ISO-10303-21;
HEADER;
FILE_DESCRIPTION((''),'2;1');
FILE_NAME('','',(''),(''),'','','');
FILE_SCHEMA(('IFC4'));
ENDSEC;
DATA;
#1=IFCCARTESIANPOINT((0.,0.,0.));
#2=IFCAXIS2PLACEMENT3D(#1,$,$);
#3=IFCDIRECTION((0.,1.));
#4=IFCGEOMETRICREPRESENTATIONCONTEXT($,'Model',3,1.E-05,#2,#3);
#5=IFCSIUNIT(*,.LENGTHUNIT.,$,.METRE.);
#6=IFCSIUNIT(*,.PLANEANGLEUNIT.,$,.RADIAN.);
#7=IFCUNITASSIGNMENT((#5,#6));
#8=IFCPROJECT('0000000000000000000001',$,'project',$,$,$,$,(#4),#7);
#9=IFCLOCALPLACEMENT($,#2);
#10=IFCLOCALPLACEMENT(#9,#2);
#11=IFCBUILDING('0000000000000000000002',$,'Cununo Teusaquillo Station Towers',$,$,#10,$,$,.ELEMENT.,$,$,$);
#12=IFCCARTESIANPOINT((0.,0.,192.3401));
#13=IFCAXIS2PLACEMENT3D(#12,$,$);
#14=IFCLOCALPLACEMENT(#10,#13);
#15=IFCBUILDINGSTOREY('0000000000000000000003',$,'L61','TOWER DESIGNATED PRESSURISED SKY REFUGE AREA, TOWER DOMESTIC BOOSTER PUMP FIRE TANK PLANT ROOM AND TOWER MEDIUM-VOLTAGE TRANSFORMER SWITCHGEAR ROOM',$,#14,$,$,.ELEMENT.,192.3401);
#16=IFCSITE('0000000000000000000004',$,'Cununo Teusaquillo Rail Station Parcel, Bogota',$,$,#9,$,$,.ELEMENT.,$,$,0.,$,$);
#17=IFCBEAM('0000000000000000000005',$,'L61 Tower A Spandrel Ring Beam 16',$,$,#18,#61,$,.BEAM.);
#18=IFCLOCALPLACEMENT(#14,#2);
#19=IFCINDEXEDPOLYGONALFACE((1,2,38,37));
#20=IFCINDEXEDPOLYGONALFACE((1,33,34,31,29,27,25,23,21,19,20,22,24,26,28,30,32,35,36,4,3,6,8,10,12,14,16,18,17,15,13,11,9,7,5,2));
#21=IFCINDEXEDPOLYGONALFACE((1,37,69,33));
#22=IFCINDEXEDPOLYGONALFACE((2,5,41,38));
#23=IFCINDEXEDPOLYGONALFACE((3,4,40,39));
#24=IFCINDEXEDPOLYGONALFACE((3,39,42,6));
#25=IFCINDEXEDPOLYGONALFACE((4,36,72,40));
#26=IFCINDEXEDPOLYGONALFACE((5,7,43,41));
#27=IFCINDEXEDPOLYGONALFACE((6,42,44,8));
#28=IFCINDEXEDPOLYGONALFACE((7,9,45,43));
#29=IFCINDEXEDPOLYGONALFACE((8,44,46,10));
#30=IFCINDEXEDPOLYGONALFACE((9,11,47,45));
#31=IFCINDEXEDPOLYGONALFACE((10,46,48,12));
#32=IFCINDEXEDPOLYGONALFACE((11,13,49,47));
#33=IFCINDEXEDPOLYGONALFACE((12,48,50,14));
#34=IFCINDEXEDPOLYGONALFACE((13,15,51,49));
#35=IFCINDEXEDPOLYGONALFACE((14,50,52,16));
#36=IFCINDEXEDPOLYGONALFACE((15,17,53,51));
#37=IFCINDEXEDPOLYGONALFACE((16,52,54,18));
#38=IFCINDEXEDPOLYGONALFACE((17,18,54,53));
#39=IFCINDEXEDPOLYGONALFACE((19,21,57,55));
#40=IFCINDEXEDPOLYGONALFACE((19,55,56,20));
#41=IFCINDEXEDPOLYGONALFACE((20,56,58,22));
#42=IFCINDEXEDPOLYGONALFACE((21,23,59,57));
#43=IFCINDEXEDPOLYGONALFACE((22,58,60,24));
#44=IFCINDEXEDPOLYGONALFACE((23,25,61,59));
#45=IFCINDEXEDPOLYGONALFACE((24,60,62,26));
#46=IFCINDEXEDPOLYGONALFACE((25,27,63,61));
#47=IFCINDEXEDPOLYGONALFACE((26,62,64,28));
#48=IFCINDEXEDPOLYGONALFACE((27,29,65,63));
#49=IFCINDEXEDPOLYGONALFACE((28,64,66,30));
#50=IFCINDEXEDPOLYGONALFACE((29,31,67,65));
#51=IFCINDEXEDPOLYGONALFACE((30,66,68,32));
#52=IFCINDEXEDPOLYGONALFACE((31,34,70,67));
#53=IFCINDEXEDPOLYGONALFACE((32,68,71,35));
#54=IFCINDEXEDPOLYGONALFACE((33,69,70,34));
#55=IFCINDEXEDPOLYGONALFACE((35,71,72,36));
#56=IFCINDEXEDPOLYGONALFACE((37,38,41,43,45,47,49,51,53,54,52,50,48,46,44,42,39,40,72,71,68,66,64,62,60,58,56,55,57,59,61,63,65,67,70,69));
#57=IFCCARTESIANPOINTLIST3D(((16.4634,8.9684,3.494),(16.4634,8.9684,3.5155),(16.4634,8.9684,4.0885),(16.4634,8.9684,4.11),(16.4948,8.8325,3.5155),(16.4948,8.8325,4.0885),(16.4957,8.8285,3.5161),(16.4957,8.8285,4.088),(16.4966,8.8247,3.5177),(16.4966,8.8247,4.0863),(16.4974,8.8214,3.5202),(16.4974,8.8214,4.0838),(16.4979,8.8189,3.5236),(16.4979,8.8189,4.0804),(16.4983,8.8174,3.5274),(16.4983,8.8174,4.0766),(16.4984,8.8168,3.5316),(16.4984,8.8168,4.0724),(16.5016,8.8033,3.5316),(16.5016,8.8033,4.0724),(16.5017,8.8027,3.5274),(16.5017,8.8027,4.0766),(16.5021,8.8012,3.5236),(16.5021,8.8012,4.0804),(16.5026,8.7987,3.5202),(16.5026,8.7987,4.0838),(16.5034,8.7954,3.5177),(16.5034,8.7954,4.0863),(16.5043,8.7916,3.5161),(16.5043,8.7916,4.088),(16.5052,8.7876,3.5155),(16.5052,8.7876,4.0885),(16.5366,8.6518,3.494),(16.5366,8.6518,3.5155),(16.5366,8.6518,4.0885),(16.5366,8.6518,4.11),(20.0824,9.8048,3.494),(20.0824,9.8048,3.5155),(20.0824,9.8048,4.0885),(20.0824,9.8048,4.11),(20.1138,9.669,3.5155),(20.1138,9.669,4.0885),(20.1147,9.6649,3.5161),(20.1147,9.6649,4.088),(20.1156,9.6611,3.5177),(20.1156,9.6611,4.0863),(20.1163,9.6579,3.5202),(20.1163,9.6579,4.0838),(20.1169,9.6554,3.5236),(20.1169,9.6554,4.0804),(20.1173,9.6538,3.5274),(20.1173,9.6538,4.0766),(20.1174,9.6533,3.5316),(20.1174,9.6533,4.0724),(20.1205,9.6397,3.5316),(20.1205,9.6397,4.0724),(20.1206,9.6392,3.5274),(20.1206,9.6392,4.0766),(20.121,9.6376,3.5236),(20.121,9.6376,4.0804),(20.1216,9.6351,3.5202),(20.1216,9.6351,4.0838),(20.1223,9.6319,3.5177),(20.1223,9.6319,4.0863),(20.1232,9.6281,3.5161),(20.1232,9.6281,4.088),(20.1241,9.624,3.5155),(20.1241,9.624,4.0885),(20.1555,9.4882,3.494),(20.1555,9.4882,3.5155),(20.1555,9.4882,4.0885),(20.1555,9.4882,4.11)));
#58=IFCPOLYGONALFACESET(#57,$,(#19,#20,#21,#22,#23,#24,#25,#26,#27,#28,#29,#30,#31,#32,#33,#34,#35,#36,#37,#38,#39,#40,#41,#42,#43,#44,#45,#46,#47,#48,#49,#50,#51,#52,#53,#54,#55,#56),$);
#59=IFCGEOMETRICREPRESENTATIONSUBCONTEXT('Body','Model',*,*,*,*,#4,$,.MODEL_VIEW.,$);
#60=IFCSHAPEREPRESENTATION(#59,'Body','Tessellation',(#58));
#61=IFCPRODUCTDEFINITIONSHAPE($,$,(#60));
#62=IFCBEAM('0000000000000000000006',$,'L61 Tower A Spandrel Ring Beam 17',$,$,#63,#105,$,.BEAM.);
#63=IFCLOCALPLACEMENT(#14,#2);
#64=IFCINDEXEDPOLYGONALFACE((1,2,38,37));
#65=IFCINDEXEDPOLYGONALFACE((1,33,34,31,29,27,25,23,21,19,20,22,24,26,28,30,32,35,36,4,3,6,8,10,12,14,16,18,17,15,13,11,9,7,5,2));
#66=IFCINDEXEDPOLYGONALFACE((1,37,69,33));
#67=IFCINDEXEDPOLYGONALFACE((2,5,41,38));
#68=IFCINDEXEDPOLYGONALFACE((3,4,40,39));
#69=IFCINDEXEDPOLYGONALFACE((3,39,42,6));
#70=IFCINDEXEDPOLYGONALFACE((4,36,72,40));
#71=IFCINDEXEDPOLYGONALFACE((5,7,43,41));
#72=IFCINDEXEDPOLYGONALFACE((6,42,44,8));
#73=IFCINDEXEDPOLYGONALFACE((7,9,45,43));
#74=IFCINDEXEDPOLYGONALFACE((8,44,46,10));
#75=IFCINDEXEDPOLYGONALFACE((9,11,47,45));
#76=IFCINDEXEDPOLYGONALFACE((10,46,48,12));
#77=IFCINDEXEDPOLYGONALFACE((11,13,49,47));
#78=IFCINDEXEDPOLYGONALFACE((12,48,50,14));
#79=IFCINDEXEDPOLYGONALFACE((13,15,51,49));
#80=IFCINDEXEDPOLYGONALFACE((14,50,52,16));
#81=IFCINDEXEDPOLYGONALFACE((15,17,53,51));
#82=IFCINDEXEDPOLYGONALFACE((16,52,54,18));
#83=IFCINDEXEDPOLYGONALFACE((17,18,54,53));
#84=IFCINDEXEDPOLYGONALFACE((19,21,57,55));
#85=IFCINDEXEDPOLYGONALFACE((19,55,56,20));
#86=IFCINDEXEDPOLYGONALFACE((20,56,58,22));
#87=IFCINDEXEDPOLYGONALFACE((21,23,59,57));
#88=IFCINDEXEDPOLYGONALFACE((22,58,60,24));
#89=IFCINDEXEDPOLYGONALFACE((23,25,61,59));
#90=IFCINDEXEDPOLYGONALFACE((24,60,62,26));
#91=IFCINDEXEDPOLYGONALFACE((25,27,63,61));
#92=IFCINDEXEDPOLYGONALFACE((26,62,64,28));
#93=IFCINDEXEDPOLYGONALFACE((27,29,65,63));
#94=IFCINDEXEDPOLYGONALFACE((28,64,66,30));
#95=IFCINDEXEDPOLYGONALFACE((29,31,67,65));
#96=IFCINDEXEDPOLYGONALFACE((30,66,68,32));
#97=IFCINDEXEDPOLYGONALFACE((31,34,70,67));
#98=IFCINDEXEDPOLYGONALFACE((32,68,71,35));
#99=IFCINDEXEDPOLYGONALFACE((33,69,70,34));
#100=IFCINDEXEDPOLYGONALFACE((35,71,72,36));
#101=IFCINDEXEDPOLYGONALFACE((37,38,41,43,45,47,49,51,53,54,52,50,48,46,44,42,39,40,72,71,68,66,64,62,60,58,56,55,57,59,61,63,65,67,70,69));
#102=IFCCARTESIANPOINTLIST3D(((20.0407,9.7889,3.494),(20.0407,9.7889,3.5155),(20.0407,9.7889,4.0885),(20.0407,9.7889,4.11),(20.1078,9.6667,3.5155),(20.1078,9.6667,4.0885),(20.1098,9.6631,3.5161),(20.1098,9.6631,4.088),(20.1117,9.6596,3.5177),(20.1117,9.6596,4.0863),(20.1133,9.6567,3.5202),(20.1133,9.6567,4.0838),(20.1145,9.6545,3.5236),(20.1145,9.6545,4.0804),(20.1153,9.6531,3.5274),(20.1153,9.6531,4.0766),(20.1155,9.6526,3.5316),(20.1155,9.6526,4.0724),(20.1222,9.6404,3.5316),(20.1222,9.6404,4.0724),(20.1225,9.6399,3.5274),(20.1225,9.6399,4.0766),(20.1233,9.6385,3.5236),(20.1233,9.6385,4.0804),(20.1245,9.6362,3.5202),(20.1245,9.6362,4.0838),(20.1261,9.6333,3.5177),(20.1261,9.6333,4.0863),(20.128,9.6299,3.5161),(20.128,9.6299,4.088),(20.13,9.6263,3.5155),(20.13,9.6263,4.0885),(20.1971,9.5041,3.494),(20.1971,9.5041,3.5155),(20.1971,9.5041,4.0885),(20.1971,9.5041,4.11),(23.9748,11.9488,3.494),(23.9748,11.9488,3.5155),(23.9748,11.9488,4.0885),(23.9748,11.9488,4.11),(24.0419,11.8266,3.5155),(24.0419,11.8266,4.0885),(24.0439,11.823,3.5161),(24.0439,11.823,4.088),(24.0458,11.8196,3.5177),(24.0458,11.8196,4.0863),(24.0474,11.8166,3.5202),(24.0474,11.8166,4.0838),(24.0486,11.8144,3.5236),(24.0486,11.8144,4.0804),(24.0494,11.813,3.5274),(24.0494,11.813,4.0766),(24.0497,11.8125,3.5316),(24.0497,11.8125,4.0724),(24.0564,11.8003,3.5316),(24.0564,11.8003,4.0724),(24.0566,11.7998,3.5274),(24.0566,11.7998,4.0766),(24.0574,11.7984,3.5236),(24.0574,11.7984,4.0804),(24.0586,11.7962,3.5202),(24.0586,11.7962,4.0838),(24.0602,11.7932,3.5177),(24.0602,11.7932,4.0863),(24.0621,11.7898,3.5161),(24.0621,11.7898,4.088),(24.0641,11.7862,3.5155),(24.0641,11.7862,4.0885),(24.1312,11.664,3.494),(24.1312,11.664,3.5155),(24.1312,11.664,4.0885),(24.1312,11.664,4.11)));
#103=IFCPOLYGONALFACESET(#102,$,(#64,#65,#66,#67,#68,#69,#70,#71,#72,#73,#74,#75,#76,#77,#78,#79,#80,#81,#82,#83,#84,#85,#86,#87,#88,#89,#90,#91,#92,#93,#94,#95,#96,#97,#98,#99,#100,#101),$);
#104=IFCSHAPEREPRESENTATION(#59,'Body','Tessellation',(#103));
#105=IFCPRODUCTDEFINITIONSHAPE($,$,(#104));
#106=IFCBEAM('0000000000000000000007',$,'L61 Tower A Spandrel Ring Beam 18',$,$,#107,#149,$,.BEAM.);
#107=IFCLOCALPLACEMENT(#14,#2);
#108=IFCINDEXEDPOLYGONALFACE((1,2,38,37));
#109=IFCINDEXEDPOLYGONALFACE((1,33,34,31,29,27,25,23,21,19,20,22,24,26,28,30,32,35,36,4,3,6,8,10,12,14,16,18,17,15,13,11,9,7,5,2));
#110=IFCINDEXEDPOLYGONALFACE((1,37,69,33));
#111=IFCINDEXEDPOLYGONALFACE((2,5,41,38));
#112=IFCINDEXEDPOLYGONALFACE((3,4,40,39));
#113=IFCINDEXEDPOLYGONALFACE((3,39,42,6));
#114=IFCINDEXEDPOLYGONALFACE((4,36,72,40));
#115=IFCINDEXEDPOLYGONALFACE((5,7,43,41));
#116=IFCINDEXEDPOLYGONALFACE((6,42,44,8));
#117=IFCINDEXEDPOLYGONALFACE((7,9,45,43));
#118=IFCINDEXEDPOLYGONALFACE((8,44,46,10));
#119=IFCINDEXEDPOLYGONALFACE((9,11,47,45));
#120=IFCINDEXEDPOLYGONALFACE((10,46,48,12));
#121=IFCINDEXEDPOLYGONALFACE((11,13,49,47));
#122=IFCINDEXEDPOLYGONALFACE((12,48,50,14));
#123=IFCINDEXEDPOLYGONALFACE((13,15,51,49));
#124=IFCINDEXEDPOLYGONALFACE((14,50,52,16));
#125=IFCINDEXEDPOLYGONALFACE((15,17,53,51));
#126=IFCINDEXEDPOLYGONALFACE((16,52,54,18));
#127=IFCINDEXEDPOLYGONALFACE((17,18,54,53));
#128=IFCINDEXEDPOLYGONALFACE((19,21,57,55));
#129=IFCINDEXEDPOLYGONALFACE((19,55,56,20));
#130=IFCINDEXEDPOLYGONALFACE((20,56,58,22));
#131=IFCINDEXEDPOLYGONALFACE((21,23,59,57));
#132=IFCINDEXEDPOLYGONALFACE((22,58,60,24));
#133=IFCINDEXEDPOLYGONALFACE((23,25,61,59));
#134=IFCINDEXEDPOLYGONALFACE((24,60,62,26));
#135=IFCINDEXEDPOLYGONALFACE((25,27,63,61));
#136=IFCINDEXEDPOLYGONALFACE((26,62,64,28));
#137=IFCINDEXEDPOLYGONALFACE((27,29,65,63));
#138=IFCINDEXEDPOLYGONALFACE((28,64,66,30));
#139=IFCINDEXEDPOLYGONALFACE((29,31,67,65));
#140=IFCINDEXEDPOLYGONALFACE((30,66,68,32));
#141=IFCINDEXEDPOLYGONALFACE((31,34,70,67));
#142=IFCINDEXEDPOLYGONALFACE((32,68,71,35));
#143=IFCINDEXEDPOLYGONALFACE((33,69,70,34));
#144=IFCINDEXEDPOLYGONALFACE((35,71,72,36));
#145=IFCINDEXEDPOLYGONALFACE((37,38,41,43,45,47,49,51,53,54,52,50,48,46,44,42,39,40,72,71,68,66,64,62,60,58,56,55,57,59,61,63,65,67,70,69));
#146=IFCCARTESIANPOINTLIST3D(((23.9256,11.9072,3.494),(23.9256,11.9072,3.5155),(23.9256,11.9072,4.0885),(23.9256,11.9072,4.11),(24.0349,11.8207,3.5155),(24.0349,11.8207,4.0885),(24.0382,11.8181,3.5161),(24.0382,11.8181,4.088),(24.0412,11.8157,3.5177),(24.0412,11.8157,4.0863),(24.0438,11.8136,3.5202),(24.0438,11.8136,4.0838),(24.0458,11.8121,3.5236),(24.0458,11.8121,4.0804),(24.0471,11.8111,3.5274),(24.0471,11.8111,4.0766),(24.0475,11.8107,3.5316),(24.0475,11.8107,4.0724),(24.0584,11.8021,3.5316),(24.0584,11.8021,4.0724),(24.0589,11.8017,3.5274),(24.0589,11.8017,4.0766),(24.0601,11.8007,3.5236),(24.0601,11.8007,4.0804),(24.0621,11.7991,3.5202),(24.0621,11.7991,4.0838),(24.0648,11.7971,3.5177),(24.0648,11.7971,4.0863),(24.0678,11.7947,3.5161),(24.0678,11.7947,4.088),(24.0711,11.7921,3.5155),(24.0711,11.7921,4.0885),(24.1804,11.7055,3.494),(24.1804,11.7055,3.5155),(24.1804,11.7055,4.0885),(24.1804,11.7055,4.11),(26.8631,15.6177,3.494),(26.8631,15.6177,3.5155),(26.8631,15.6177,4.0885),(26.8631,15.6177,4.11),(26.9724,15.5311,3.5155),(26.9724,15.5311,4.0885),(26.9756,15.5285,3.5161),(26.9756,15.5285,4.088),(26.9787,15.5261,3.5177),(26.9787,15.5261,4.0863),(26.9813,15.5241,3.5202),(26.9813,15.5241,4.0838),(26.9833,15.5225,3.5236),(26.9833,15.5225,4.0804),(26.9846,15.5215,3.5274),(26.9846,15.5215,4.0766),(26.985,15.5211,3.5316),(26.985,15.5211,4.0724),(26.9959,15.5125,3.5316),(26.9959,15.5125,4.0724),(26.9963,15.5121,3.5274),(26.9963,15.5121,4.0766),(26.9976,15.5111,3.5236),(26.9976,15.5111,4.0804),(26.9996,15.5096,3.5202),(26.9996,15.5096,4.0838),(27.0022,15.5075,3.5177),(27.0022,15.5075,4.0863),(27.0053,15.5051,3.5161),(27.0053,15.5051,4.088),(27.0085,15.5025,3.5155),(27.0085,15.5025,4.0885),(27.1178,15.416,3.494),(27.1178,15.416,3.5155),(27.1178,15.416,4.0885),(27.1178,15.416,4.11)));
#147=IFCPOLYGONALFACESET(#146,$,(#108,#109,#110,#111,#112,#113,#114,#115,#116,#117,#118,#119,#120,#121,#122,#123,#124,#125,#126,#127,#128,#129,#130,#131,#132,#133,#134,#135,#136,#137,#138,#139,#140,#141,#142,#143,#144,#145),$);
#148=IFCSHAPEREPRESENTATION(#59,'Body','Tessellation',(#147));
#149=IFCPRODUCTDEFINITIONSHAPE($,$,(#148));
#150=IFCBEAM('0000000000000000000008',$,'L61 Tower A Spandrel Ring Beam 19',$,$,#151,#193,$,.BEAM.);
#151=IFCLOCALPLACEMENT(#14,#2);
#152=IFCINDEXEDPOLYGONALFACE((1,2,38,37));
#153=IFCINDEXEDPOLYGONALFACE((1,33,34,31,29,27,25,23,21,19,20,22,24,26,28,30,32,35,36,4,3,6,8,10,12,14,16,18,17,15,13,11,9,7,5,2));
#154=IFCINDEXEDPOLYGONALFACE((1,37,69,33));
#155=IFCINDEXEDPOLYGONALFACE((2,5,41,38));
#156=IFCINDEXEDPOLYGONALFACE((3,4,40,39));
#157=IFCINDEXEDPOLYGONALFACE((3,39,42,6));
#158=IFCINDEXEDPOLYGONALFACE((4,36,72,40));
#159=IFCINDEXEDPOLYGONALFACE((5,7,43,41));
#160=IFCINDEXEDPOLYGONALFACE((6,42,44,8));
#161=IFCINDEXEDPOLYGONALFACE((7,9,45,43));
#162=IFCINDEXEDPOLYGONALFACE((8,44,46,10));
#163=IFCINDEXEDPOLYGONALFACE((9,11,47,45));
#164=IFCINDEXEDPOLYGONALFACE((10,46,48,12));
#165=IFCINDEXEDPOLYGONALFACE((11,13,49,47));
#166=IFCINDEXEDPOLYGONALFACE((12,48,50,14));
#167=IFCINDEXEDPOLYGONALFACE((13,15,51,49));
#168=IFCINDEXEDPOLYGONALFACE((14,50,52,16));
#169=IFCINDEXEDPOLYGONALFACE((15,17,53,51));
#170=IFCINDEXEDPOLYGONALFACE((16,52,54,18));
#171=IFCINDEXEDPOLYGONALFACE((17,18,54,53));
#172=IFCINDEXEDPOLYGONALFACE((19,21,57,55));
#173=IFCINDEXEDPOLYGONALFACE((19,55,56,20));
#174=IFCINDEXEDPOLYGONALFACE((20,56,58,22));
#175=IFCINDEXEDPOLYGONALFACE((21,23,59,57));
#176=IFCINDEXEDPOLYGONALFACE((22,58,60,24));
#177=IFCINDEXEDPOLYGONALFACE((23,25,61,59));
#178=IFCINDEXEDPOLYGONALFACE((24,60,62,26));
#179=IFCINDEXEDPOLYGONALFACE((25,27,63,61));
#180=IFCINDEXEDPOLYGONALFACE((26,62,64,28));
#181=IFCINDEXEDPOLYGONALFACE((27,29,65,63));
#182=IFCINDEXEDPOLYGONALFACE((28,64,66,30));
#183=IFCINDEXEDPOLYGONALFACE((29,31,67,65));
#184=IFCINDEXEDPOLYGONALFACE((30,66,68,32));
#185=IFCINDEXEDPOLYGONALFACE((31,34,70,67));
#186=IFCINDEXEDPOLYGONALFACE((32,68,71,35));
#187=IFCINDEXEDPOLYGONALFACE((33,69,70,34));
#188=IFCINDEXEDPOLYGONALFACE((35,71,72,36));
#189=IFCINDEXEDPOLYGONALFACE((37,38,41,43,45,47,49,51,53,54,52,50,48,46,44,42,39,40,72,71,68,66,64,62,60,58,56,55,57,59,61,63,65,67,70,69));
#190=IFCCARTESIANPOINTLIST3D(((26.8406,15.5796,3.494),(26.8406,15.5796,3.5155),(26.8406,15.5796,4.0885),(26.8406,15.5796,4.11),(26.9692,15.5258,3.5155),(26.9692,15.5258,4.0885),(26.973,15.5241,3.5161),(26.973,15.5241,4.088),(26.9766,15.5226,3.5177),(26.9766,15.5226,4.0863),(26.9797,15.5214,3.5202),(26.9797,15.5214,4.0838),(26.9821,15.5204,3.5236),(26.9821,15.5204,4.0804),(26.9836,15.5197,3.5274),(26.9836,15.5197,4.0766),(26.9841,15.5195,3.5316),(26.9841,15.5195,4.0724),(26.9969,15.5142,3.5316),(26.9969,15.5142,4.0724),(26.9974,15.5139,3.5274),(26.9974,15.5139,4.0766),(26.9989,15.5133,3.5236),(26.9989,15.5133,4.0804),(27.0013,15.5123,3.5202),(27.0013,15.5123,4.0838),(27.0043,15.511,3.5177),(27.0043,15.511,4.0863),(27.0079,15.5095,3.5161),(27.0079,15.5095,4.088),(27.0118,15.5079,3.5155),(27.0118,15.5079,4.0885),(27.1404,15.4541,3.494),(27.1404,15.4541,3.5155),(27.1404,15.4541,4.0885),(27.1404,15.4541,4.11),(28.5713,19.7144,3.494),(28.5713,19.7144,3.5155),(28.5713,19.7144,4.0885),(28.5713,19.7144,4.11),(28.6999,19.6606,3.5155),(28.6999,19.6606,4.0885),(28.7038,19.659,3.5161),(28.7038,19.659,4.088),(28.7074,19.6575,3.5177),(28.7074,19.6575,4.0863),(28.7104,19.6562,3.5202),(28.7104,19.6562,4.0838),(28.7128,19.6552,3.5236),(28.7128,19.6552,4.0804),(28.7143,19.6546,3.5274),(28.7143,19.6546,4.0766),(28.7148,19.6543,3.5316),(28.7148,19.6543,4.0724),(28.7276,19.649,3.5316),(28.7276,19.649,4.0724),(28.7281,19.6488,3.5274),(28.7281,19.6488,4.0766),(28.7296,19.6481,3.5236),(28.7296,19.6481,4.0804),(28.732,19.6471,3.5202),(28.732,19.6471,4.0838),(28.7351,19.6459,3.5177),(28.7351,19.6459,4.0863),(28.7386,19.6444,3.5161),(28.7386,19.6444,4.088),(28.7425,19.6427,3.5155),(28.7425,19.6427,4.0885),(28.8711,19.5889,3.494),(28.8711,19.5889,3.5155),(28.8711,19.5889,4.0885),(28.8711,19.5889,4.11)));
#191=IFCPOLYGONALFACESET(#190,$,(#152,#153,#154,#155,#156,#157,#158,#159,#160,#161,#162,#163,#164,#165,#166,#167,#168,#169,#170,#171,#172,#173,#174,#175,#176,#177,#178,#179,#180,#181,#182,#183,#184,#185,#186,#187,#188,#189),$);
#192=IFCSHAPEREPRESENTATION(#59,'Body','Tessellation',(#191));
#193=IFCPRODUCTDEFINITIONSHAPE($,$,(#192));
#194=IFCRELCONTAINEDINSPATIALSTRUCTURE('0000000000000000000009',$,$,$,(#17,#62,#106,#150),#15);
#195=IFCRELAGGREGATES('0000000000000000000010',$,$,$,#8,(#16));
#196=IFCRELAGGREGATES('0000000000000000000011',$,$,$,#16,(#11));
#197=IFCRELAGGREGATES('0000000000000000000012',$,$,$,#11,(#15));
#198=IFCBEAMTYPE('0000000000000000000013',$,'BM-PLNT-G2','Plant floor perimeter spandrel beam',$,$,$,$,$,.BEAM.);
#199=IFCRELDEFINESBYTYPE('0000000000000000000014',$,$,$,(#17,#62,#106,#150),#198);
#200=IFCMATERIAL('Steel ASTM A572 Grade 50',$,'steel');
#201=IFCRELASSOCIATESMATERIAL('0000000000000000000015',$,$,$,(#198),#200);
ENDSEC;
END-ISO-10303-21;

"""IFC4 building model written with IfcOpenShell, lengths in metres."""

from ifc_helpers import new_model, si_unit, direction, frame, origin, origin_2d, place, context, subcontext, project, spatial, i_section, extrude, material, material_profile, profile_set, type_object, element, save


model = new_model("IFC4")

# Units and contexts
model_context = context("Model", 3, precision=1e-05, world=origin(), true_north=direction((0.0, 1.0)))
body_context = subcontext(model_context, "Body", "Model", "MODEL_VIEW")
ifc_project = project(units=[si_unit("LENGTHUNIT", "METRE"), si_unit("PLANEANGLEUNIT", "RADIAN")], contexts=[model_context])

# Site, building, storey
site_placement = place(None, origin())
site = spatial("IfcSite", under=ifc_project, at=site_placement, Name="Cununo Teusaquillo Rail Station Parcel, Bogota", CompositionType="ELEMENT", RefElevation=0.0)
building_placement = place(site_placement, origin())
building = spatial("IfcBuilding", under=site, at=building_placement, Name="Cununo Teusaquillo Station Towers", CompositionType="ELEMENT")
storey_placement = place(building_placement, frame((0.0, 0.0, 192.3401)))
storey = spatial("IfcBuildingStorey", under=building, at=storey_placement, Name="L61", Description="TOWER DESIGNATED PRESSURISED SKY REFUGE AREA, TOWER DOMESTIC BOOSTER PUMP FIRE TANK PLANT ROOM AND TOWER MEDIUM-VOLTAGE TRANSFORMER SWITCHGEAR ROOM", CompositionType="ELEMENT", Elevation=192.3401)

# Beams
ifc_material_1 = material(Name="Steel ASTM A572 Grade 50", Category="steel")
ifc_material_profile_1 = material_profile(ifc_material_1, i_section(OverallWidth=0.325, OverallDepth=0.616, WebThickness=0.0139, FlangeThickness=0.0215, FilletRadius=0.0161, at=origin_2d()), Name="W24X117")
ifc_profile_set_1 = profile_set([ifc_material_profile_1], Name="Steel ASTM A572 Grade 50")
beam_type = type_object("IfcBeamType", Name="BM-PLNT-G2", Description="Plant floor perimeter spandrel beam", PredefinedType="BEAM", material=ifc_profile_set_1)
beam_1_placement = place(storey_placement, frame((16.5, 8.8101, 3.802), z_axis=(0.974315, 0.225191, 0.0), x_axis=(-0.225191, 0.974315, 0.0)))
element("IfcBeam", 1, at=beam_1_placement, inside=storey, type_object=beam_type, Name="L61 Tower A Spandrel Ring Beam 16", PredefinedType="BEAM", context=body_context, shape_type="SweptSolid", body=[
    extrude(i_section(OverallWidth=0.325, OverallDepth=0.616, WebThickness=0.0139, FlangeThickness=0.0215, FilletRadius=0.0161, at=origin_2d()), origin(), (0.0, 0.0, 1.0), 3.7144),
])
beam_2_placement = place(storey_placement, frame((20.1189, 9.6465, 3.802), z_axis=(0.876576, 0.481263, 0.0), x_axis=(-0.481263, 0.876576, 0.0)))
element("IfcBeam", 2, at=beam_2_placement, inside=storey, type_object=beam_type, Name="L61 Tower A Spandrel Ring Beam 17", PredefinedType="BEAM", context=body_context, shape_type="SweptSolid", body=[
    extrude(i_section(OverallWidth=0.325, OverallDepth=0.616, WebThickness=0.0139, FlangeThickness=0.0215, FilletRadius=0.0161, at=origin_2d()), origin(), (0.0, 0.0, 1.0), 4.488),
])
beam_3_placement = place(storey_placement, frame((24.053, 11.8064, 3.802), z_axis=(0.620711, 0.78404, 0.0), x_axis=(-0.78404, 0.620711, 0.0)))
element("IfcBeam", 3, at=beam_3_placement, inside=storey, type_object=beam_type, Name="L61 Tower A Spandrel Ring Beam 18", PredefinedType="BEAM", context=body_context, shape_type="SweptSolid", body=[
    extrude(i_section(OverallWidth=0.325, OverallDepth=0.616, WebThickness=0.0139, FlangeThickness=0.0215, FilletRadius=0.0161, at=origin_2d()), origin(), (0.0, 0.0, 1.0), 4.7324),
])
beam_4_placement = place(storey_placement, frame((26.9905, 15.5168, 3.802), z_axis=(0.386115, 0.92245, 0.0), x_axis=(-0.92245, 0.386115, 0.0)))
element("IfcBeam", 4, at=beam_4_placement, inside=storey, type_object=beam_type, Name="L61 Tower A Spandrel Ring Beam 19", PredefinedType="BEAM", context=body_context, shape_type="SweptSolid", body=[
    extrude(i_section(OverallWidth=0.325, OverallDepth=0.616, WebThickness=0.0139, FlangeThickness=0.0215, FilletRadius=0.0161, at=origin_2d()), origin(), (0.0, 0.0, 1.0), 4.4824),
])

save(model, "model.ifc")
